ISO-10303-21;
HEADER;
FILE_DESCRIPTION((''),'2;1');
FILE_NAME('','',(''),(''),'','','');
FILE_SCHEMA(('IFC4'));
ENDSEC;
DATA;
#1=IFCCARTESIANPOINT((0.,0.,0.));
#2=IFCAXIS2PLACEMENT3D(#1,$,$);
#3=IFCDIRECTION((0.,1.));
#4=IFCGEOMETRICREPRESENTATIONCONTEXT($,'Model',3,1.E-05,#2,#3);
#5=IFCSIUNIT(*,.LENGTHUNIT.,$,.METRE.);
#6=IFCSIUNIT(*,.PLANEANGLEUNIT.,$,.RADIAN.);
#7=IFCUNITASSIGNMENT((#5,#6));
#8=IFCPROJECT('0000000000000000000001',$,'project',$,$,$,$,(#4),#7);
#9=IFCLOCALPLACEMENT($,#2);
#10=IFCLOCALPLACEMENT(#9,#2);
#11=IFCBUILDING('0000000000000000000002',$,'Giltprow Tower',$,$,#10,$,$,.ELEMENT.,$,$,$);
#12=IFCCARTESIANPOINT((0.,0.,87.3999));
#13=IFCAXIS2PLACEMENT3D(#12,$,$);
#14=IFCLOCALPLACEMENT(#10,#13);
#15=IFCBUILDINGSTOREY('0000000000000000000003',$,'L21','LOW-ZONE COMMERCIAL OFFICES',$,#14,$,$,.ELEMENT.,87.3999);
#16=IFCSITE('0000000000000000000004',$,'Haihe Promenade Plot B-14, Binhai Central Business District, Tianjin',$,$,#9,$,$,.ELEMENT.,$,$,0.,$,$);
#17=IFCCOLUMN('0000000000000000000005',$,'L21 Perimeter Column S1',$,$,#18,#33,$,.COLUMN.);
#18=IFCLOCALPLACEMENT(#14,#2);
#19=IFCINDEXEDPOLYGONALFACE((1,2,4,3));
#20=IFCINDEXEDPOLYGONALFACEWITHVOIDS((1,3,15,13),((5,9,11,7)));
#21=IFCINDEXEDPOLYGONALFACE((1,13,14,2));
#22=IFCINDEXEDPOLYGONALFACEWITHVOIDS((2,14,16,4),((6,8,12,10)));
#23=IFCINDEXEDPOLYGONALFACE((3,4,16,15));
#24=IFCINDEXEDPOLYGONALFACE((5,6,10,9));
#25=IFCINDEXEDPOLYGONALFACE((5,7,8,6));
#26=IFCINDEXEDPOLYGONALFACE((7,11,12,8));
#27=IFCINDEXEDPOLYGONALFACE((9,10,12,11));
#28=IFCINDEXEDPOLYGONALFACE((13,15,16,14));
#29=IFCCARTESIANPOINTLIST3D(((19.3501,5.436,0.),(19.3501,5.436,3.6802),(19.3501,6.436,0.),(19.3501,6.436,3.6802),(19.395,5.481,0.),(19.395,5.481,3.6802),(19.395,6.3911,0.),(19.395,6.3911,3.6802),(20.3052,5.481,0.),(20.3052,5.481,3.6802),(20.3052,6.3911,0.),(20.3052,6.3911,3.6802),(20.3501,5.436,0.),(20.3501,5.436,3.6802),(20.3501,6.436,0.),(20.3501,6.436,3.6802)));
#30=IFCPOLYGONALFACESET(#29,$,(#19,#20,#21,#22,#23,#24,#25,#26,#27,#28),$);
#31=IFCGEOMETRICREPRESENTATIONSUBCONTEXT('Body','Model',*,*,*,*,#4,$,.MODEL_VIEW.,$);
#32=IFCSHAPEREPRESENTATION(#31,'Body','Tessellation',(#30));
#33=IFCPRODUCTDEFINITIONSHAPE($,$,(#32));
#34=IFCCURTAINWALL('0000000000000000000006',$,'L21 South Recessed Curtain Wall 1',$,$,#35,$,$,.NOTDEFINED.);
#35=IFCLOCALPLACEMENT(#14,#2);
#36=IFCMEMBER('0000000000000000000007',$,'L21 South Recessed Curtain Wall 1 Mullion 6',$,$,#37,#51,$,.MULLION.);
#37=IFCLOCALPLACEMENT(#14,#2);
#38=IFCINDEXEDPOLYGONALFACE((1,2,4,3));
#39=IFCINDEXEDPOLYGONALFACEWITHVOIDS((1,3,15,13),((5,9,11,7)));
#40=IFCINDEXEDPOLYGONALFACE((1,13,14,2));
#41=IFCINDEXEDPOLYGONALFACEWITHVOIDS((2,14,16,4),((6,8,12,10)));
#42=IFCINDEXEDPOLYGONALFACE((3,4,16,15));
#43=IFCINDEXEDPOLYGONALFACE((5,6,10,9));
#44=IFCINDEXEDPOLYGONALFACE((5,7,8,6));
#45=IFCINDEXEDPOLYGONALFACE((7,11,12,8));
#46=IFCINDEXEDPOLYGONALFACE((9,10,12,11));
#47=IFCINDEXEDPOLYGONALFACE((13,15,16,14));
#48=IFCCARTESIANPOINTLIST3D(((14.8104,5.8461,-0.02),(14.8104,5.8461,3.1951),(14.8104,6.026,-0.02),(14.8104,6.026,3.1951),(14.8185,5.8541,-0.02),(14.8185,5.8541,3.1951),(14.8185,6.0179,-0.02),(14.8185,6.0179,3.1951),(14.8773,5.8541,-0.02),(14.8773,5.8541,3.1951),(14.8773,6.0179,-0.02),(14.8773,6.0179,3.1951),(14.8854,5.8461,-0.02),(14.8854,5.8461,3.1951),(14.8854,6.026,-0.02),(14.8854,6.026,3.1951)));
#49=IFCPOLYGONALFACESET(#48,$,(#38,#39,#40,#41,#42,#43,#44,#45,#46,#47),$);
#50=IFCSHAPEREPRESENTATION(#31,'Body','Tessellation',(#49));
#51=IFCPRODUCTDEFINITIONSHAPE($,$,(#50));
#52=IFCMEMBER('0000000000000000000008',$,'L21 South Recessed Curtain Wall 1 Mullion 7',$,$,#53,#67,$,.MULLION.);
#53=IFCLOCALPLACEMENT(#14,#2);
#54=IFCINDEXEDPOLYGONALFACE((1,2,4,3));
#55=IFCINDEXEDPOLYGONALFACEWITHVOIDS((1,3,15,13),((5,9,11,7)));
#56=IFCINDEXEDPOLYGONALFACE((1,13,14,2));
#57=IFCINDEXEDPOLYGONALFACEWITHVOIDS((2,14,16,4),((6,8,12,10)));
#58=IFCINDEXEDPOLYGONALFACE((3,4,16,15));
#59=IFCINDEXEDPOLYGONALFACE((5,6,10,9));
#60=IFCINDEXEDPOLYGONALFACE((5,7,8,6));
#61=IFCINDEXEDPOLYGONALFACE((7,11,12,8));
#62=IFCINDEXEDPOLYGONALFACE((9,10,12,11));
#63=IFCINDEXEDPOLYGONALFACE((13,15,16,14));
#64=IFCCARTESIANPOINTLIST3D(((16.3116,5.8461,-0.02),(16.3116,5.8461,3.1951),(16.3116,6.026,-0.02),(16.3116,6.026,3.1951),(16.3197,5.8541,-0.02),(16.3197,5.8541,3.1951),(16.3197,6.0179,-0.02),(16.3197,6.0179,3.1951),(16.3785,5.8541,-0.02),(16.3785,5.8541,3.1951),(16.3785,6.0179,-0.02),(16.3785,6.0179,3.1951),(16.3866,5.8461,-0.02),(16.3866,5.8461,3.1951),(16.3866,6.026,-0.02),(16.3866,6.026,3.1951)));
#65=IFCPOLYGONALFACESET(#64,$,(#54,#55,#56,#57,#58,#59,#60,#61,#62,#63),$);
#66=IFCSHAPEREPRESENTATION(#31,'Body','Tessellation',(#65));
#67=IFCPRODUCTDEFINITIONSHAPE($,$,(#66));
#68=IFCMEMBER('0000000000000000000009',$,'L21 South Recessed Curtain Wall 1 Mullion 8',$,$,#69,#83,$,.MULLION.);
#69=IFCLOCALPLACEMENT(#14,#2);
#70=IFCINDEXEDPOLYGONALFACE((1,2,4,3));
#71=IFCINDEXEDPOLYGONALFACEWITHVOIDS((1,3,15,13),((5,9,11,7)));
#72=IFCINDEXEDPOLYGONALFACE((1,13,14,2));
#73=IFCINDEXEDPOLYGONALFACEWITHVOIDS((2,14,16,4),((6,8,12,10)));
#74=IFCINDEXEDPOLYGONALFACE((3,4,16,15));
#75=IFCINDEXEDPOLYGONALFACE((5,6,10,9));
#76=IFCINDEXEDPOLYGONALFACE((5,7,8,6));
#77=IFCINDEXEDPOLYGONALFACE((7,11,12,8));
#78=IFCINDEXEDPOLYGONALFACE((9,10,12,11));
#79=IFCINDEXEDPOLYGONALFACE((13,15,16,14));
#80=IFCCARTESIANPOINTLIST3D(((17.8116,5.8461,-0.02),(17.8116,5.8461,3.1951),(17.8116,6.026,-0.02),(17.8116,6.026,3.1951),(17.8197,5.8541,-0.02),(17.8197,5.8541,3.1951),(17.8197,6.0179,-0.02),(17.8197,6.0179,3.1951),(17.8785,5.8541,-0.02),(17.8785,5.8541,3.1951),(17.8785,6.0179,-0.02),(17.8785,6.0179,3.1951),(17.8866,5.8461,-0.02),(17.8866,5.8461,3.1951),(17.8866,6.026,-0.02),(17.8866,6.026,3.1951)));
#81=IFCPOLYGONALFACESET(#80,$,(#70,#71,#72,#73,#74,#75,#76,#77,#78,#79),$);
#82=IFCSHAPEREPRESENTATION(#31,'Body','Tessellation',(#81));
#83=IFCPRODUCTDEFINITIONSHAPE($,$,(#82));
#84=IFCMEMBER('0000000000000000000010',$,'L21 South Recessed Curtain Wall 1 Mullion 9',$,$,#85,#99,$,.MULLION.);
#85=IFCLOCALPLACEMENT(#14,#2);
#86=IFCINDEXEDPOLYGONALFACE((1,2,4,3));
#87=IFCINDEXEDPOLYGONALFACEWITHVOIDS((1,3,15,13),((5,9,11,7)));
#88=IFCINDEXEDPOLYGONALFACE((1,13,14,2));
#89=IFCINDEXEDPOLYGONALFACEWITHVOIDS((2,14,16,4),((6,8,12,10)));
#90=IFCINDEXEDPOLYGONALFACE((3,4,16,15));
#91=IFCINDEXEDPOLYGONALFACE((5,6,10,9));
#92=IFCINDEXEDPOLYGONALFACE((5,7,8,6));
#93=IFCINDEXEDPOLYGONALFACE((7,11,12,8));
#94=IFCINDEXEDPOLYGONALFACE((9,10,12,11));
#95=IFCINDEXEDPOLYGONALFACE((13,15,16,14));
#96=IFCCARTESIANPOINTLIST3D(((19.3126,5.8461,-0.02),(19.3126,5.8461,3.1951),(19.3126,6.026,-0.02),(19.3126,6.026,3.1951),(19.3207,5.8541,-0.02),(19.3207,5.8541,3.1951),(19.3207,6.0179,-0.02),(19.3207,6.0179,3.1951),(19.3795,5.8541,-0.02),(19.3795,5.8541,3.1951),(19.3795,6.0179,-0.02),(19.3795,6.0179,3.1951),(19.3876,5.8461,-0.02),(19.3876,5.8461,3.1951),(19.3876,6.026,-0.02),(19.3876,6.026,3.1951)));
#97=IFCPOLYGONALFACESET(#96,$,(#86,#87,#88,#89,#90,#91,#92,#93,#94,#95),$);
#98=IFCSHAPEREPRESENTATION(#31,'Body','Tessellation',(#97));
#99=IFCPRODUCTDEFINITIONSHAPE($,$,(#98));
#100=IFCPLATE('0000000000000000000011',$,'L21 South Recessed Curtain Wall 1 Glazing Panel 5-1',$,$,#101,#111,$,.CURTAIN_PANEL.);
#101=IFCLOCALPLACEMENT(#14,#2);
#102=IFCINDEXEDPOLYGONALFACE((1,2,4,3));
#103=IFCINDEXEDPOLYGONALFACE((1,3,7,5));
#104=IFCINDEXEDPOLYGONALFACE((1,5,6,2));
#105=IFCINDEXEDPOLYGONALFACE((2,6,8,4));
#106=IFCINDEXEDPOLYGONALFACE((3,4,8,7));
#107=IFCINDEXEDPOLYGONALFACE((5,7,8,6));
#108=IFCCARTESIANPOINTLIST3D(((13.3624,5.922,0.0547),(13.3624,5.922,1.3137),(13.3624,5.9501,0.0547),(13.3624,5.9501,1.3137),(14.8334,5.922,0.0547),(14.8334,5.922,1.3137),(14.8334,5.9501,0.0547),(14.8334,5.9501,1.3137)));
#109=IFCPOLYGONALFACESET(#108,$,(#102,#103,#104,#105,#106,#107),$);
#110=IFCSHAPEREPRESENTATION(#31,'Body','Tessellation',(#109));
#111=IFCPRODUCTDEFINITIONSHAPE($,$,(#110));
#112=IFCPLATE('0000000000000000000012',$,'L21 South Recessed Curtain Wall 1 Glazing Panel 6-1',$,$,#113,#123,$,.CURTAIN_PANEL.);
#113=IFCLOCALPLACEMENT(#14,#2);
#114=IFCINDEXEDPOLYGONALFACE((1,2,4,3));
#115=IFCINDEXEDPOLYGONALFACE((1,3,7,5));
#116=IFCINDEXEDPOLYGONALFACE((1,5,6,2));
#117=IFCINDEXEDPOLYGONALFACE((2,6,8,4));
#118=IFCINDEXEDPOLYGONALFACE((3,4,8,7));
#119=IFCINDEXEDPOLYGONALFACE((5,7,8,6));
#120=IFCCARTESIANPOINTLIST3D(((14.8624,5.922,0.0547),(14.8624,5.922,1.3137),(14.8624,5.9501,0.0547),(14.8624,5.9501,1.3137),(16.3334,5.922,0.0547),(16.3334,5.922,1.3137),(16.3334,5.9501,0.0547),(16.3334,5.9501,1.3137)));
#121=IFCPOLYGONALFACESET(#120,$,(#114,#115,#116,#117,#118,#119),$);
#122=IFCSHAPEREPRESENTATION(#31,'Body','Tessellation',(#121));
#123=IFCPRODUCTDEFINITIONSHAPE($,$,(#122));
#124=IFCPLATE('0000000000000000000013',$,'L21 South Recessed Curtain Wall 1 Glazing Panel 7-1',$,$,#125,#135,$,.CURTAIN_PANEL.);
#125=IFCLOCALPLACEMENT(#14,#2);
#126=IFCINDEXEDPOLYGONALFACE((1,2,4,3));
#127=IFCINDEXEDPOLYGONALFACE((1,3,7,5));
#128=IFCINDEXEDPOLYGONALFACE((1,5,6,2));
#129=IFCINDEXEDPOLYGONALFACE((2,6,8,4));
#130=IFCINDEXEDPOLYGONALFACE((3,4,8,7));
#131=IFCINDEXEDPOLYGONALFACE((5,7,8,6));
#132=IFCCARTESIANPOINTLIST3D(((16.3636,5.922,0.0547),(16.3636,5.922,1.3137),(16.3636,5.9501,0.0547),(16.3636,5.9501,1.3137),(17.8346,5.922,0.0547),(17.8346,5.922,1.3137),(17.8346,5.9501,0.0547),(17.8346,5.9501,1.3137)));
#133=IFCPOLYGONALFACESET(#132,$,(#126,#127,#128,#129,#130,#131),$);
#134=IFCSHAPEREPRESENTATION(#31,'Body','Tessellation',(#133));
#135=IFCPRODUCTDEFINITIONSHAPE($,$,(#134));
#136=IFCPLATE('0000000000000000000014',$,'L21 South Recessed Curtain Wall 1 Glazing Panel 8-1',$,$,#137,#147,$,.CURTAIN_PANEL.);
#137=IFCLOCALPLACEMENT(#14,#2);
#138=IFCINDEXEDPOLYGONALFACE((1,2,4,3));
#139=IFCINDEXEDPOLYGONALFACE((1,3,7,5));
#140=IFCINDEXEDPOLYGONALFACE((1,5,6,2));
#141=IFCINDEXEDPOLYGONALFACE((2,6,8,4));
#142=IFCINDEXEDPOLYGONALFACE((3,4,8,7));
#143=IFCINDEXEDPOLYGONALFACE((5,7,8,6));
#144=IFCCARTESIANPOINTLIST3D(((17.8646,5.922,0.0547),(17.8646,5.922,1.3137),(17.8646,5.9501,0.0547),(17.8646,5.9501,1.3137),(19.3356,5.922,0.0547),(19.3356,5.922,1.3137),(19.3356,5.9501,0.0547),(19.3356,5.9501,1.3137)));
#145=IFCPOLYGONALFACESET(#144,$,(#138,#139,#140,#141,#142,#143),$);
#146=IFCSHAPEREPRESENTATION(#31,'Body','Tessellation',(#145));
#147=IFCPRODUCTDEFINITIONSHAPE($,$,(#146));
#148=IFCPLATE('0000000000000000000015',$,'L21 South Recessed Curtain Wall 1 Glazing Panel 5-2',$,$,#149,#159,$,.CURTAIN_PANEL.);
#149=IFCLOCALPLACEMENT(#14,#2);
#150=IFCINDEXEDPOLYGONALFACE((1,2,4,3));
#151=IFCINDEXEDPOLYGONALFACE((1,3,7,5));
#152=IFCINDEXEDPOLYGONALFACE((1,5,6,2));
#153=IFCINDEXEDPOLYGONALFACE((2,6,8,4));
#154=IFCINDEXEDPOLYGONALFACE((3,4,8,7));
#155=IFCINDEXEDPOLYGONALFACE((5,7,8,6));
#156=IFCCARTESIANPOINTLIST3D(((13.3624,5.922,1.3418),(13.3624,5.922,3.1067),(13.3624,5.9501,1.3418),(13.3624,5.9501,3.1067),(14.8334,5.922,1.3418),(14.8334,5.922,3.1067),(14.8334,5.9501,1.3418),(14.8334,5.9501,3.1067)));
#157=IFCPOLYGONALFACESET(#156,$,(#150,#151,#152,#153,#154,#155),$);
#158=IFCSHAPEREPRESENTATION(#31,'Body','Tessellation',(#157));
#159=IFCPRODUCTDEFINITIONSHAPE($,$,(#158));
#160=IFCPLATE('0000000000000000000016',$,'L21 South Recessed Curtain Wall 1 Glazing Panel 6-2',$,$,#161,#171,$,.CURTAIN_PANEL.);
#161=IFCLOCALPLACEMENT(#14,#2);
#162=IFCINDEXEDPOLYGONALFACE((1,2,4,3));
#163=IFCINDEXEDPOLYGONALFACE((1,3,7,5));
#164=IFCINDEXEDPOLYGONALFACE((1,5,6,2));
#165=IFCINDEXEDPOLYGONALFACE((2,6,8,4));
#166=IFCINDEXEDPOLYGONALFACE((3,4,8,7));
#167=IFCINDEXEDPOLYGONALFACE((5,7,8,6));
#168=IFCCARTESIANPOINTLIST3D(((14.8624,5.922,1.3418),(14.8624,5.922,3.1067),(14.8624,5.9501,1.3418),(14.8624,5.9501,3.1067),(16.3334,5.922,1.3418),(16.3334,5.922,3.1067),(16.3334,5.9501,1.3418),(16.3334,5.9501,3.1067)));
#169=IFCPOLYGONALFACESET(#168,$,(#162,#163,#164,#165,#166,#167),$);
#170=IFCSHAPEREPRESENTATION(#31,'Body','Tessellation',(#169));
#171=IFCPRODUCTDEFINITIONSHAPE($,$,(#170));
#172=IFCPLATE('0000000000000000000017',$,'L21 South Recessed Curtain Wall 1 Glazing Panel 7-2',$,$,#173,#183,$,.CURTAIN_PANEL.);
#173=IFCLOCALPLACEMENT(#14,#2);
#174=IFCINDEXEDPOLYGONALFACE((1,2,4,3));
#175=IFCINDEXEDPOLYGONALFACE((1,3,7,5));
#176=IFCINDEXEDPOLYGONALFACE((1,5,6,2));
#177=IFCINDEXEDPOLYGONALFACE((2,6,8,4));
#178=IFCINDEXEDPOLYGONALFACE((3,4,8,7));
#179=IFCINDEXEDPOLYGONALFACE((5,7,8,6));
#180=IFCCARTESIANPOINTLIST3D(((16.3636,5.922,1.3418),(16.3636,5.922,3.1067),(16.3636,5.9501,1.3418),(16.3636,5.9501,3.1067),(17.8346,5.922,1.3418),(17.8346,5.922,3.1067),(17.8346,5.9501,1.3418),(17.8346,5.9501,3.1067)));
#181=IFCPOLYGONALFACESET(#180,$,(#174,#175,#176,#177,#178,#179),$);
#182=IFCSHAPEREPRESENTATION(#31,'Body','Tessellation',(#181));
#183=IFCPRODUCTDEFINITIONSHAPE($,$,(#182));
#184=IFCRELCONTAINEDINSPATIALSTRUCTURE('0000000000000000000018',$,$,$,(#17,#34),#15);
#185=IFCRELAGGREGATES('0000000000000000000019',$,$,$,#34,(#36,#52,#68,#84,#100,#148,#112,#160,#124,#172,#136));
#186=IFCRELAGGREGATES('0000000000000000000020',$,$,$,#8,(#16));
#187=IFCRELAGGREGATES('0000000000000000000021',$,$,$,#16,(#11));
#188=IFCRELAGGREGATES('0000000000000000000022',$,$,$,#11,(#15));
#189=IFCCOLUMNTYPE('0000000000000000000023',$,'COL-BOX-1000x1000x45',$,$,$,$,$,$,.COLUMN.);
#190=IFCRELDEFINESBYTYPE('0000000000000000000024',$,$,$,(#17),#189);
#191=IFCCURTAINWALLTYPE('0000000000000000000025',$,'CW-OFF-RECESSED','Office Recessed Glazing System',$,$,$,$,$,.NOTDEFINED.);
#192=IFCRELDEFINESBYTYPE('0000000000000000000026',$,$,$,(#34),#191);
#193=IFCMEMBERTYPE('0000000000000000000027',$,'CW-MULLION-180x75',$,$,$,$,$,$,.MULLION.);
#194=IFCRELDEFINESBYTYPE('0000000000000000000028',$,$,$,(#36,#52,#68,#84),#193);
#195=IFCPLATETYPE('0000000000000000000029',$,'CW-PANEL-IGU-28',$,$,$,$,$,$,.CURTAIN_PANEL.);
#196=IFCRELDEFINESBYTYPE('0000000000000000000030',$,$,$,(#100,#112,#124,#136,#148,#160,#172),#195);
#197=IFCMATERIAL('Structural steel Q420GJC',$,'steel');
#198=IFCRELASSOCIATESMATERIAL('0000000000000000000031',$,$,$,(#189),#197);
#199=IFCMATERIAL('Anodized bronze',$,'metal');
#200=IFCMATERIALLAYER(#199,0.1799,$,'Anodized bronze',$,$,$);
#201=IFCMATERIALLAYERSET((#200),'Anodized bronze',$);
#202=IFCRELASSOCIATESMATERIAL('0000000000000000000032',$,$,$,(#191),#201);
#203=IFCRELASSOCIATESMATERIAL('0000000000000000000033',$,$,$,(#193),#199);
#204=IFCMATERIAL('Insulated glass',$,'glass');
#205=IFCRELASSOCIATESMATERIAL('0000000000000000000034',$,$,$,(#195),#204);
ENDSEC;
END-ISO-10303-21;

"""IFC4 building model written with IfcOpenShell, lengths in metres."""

from ifc_helpers import new_model, si_unit, direction, frame, origin, origin_2d, place, context, subcontext, project, spatial, rectangle, hollow_rectangle, extrude, source, transform, mapped, material, layer, layer_set, material_profile, profile_set, type_object, element, aggregate, save


model = new_model("IFC4")

# Units and contexts
model_context = context("Model", 3, precision=1e-05, world=origin(), true_north=direction((0.0, 1.0)))
body_context = subcontext(model_context, "Body", "Model", "MODEL_VIEW")
ifc_project = project(units=[si_unit("LENGTHUNIT", "METRE"), si_unit("PLANEANGLEUNIT", "RADIAN")], contexts=[model_context])

# Site, building, storey
site_placement = place(None, origin())
site = spatial("IfcSite", under=ifc_project, at=site_placement, Name="Haihe Promenade Plot B-14, Binhai Central Business District, Tianjin", CompositionType="ELEMENT", RefElevation=0.0)
building_placement = place(site_placement, origin())
building = spatial("IfcBuilding", under=site, at=building_placement, Name="Giltprow Tower", CompositionType="ELEMENT")
storey_placement = place(building_placement, frame((0.0, 0.0, 87.3999)))
storey = spatial("IfcBuildingStorey", under=building, at=storey_placement, Name="L21", Description="LOW-ZONE COMMERCIAL OFFICES", CompositionType="ELEMENT", Elevation=87.3999)

# Column
ifc_material_1 = material(Name="Structural steel Q420GJC", Category="steel")
ifc_material_profile_1 = material_profile(ifc_material_1, hollow_rectangle(XDim=1.0, YDim=1.0, WallThickness=0.0449, at=origin_2d()), Name="BOX 1000x1000x45")
ifc_profile_set_1 = profile_set([ifc_material_profile_1], Name="Structural steel Q420GJC")
column_type = type_object("IfcColumnType", Name="COL-BOX-1000x1000x45", PredefinedType="COLUMN", material=ifc_profile_set_1)
shared_shape_1 = source(origin(), body_context, "Body", "SweptSolid", [
    extrude(hollow_rectangle(XDim=1.0, YDim=1.0, WallThickness=0.0449, at=origin_2d()), origin(), (0.0, 0.0, 1.0), 3.6802),
])
column_placement = place(storey_placement, frame((19.8501, 5.936, 0.0), z_axis=(0.0, 0.0, 1.0), x_axis=(1.0, 0.0, 0.0)))
element("IfcColumn", 1, at=column_placement, inside=storey, type_object=column_type, Name="L21 Perimeter Column S1", PredefinedType="COLUMN", context=body_context, shape_type="MappedRepresentation", body=[
    mapped(shared_shape_1, transform((0.0, 0.0, 0.0), x_axis=(1.0, 0.0, 0.0), y_axis=(0.0, 1.0, 0.0), z_axis=(0.0, 0.0, 1.0), scale=1.0)),
])

# Curtain wall, members, plates
ifc_material_2 = material(Name="Anodized bronze", Category="metal")
ifc_layer = layer(ifc_material_2, 0.1799, Name="Anodized bronze")
ifc_layer_set = layer_set([ifc_layer], Name="Anodized bronze")
curtain_wall_type = type_object("IfcCurtainWallType", Name="CW-OFF-RECESSED", Description="Office Recessed Glazing System", PredefinedType="NOTDEFINED", material=ifc_layer_set)
curtain_wall_placement = place(storey_placement, origin())
curtain_wall = element("IfcCurtainWall", 2, at=curtain_wall_placement, inside=storey, type_object=curtain_wall_type, Name="L21 South Recessed Curtain Wall 1", PredefinedType="NOTDEFINED")
ifc_material_profile_2 = material_profile(ifc_material_2, hollow_rectangle(XDim=0.075, YDim=0.1799, WallThickness=0.0081, at=origin_2d()), Name="RHS 180x75x8")
ifc_profile_set_2 = profile_set([ifc_material_profile_2], Name="Anodized bronze")
member_type = type_object("IfcMemberType", Name="CW-MULLION-180x75", PredefinedType="MULLION", material=ifc_profile_set_2)
shared_shape_2 = source(origin(), body_context, "Body", "SweptSolid", [
    extrude(hollow_rectangle(XDim=0.075, YDim=0.1799, WallThickness=0.0081, at=origin_2d()), origin(), (0.0, 0.0, 1.0), 3.2151),
])
member_1_placement = place(storey_placement, frame((14.8479, 5.936, -0.02), z_axis=(0.0, 0.0, 1.0), x_axis=(1.0, 0.0, 0.0)))
member_1 = element("IfcMember", 3, at=member_1_placement, type_object=member_type, Name="L21 South Recessed Curtain Wall 1 Mullion 6", PredefinedType="MULLION", context=body_context, shape_type="MappedRepresentation", body=[
    mapped(shared_shape_2, transform((0.0, 0.0, 0.0), x_axis=(1.0, 0.0, 0.0), y_axis=(0.0, 1.0, 0.0), z_axis=(0.0, 0.0, 1.0), scale=1.0)),
])
member_2_placement = place(storey_placement, frame((16.3491, 5.936, -0.02), z_axis=(0.0, 0.0, 1.0), x_axis=(1.0, 0.0, 0.0)))
member_2 = element("IfcMember", 4, at=member_2_placement, type_object=member_type, Name="L21 South Recessed Curtain Wall 1 Mullion 7", PredefinedType="MULLION", context=body_context, shape_type="MappedRepresentation", body=[
    mapped(shared_shape_2, transform((0.0, 0.0, 0.0), x_axis=(1.0, 0.0, 0.0), y_axis=(0.0, 1.0, 0.0), z_axis=(0.0, 0.0, 1.0), scale=1.0)),
])
member_3_placement = place(storey_placement, frame((17.8491, 5.936, -0.02), z_axis=(0.0, 0.0, 1.0), x_axis=(1.0, 0.0, 0.0)))
member_3 = element("IfcMember", 5, at=member_3_placement, type_object=member_type, Name="L21 South Recessed Curtain Wall 1 Mullion 8", PredefinedType="MULLION", context=body_context, shape_type="MappedRepresentation", body=[
    mapped(shared_shape_2, transform((0.0, 0.0, 0.0), x_axis=(1.0, 0.0, 0.0), y_axis=(0.0, 1.0, 0.0), z_axis=(0.0, 0.0, 1.0), scale=1.0)),
])
member_4_placement = place(storey_placement, frame((19.3501, 5.936, -0.02), z_axis=(0.0, 0.0, 1.0), x_axis=(1.0, 0.0, 0.0)))
member_4 = element("IfcMember", 6, at=member_4_placement, type_object=member_type, Name="L21 South Recessed Curtain Wall 1 Mullion 9", PredefinedType="MULLION", context=body_context, shape_type="MappedRepresentation", body=[
    mapped(shared_shape_2, transform((0.0, 0.0, 0.0), x_axis=(1.0, 0.0, 0.0), y_axis=(0.0, 1.0, 0.0), z_axis=(0.0, 0.0, 1.0), scale=1.0)),
])
ifc_material_3 = material(Name="Insulated glass", Category="glass")
plate_type = type_object("IfcPlateType", Name="CW-PANEL-IGU-28", PredefinedType="CURTAIN_PANEL", material=ifc_material_3)
shared_shape_3 = source(origin(), body_context, "Body", "SweptSolid", [
    extrude(rectangle(XDim=1.4709, YDim=0.0281, at=origin_2d()), origin(), (0.0, 0.0, 1.0), 1.259),
])
plate_1_placement = place(storey_placement, frame((14.0979, 5.936, 0.0547), z_axis=(0.0, 0.0, 1.0), x_axis=(1.0, 0.0, 0.0)))
plate_1 = element("IfcPlate", 7, at=plate_1_placement, type_object=plate_type, Name="L21 South Recessed Curtain Wall 1 Glazing Panel 5-1", PredefinedType="CURTAIN_PANEL", context=body_context, shape_type="MappedRepresentation", body=[
    mapped(shared_shape_3, transform((0.0, 0.0, 0.0), x_axis=(1.0, 0.0, 0.0), y_axis=(0.0, 1.0, 0.0), z_axis=(0.0, 0.0, 1.0), scale=1.0)),
])
plate_2_placement = place(storey_placement, frame((15.5979, 5.936, 0.0547), z_axis=(0.0, 0.0, 1.0), x_axis=(1.0, 0.0, 0.0)))
plate_2 = element("IfcPlate", 8, at=plate_2_placement, type_object=plate_type, Name="L21 South Recessed Curtain Wall 1 Glazing Panel 6-1", PredefinedType="CURTAIN_PANEL", context=body_context, shape_type="MappedRepresentation", body=[
    mapped(shared_shape_3, transform((0.0, 0.0, 0.0), x_axis=(1.0, 0.0, 0.0), y_axis=(0.0, 1.0, 0.0), z_axis=(0.0, 0.0, 1.0), scale=1.0)),
])
plate_3_placement = place(storey_placement, frame((17.0991, 5.936, 0.0547), z_axis=(0.0, 0.0, 1.0), x_axis=(1.0, 0.0, 0.0)))
plate_3 = element("IfcPlate", 9, at=plate_3_placement, type_object=plate_type, Name="L21 South Recessed Curtain Wall 1 Glazing Panel 7-1", PredefinedType="CURTAIN_PANEL", context=body_context, shape_type="MappedRepresentation", body=[
    mapped(shared_shape_3, transform((0.0, 0.0, 0.0), x_axis=(1.0, 0.0, 0.0), y_axis=(0.0, 1.0, 0.0), z_axis=(0.0, 0.0, 1.0), scale=1.0)),
])
plate_4_placement = place(storey_placement, frame((18.6001, 5.936, 0.0547), z_axis=(0.0, 0.0, 1.0), x_axis=(1.0, 0.0, 0.0)))
plate_4 = element("IfcPlate", 10, at=plate_4_placement, type_object=plate_type, Name="L21 South Recessed Curtain Wall 1 Glazing Panel 8-1", PredefinedType="CURTAIN_PANEL", context=body_context, shape_type="MappedRepresentation", body=[
    mapped(shared_shape_3, transform((0.0, 0.0, 0.0), x_axis=(1.0, 0.0, 0.0), y_axis=(0.0, 1.0, 0.0), z_axis=(0.0, 0.0, 1.0), scale=1.0)),
])
shared_shape_4 = source(origin(), body_context, "Body", "SweptSolid", [
    extrude(rectangle(XDim=1.4709, YDim=0.0281, at=origin_2d()), origin(), (0.0, 0.0, 1.0), 1.7649),
])
plate_5_placement = place(storey_placement, frame((14.0979, 5.936, 1.3418), z_axis=(0.0, 0.0, 1.0), x_axis=(1.0, 0.0, 0.0)))
plate_5 = element("IfcPlate", 11, at=plate_5_placement, type_object=plate_type, Name="L21 South Recessed Curtain Wall 1 Glazing Panel 5-2", PredefinedType="CURTAIN_PANEL", context=body_context, shape_type="MappedRepresentation", body=[
    mapped(shared_shape_4, transform((0.0, 0.0, 0.0), x_axis=(1.0, 0.0, 0.0), y_axis=(0.0, 1.0, 0.0), z_axis=(0.0, 0.0, 1.0), scale=1.0)),
])
plate_6_placement = place(storey_placement, frame((15.5979, 5.936, 1.3418), z_axis=(0.0, 0.0, 1.0), x_axis=(1.0, 0.0, 0.0)))
plate_6 = element("IfcPlate", 12, at=plate_6_placement, type_object=plate_type, Name="L21 South Recessed Curtain Wall 1 Glazing Panel 6-2", PredefinedType="CURTAIN_PANEL", context=body_context, shape_type="MappedRepresentation", body=[
    mapped(shared_shape_4, transform((0.0, 0.0, 0.0), x_axis=(1.0, 0.0, 0.0), y_axis=(0.0, 1.0, 0.0), z_axis=(0.0, 0.0, 1.0), scale=1.0)),
])
plate_7_placement = place(storey_placement, frame((17.0991, 5.936, 1.3418), z_axis=(0.0, 0.0, 1.0), x_axis=(1.0, 0.0, 0.0)))
plate_7 = element("IfcPlate", 13, at=plate_7_placement, type_object=plate_type, Name="L21 South Recessed Curtain Wall 1 Glazing Panel 7-2", PredefinedType="CURTAIN_PANEL", context=body_context, shape_type="MappedRepresentation", body=[
    mapped(shared_shape_4, transform((0.0, 0.0, 0.0), x_axis=(1.0, 0.0, 0.0), y_axis=(0.0, 1.0, 0.0), z_axis=(0.0, 0.0, 1.0), scale=1.0)),
])
aggregate(curtain_wall, [member_1, member_2, member_3, member_4, plate_1, plate_5, plate_2, plate_6, plate_3, plate_7, plate_4])

save(model, "model.ifc")
